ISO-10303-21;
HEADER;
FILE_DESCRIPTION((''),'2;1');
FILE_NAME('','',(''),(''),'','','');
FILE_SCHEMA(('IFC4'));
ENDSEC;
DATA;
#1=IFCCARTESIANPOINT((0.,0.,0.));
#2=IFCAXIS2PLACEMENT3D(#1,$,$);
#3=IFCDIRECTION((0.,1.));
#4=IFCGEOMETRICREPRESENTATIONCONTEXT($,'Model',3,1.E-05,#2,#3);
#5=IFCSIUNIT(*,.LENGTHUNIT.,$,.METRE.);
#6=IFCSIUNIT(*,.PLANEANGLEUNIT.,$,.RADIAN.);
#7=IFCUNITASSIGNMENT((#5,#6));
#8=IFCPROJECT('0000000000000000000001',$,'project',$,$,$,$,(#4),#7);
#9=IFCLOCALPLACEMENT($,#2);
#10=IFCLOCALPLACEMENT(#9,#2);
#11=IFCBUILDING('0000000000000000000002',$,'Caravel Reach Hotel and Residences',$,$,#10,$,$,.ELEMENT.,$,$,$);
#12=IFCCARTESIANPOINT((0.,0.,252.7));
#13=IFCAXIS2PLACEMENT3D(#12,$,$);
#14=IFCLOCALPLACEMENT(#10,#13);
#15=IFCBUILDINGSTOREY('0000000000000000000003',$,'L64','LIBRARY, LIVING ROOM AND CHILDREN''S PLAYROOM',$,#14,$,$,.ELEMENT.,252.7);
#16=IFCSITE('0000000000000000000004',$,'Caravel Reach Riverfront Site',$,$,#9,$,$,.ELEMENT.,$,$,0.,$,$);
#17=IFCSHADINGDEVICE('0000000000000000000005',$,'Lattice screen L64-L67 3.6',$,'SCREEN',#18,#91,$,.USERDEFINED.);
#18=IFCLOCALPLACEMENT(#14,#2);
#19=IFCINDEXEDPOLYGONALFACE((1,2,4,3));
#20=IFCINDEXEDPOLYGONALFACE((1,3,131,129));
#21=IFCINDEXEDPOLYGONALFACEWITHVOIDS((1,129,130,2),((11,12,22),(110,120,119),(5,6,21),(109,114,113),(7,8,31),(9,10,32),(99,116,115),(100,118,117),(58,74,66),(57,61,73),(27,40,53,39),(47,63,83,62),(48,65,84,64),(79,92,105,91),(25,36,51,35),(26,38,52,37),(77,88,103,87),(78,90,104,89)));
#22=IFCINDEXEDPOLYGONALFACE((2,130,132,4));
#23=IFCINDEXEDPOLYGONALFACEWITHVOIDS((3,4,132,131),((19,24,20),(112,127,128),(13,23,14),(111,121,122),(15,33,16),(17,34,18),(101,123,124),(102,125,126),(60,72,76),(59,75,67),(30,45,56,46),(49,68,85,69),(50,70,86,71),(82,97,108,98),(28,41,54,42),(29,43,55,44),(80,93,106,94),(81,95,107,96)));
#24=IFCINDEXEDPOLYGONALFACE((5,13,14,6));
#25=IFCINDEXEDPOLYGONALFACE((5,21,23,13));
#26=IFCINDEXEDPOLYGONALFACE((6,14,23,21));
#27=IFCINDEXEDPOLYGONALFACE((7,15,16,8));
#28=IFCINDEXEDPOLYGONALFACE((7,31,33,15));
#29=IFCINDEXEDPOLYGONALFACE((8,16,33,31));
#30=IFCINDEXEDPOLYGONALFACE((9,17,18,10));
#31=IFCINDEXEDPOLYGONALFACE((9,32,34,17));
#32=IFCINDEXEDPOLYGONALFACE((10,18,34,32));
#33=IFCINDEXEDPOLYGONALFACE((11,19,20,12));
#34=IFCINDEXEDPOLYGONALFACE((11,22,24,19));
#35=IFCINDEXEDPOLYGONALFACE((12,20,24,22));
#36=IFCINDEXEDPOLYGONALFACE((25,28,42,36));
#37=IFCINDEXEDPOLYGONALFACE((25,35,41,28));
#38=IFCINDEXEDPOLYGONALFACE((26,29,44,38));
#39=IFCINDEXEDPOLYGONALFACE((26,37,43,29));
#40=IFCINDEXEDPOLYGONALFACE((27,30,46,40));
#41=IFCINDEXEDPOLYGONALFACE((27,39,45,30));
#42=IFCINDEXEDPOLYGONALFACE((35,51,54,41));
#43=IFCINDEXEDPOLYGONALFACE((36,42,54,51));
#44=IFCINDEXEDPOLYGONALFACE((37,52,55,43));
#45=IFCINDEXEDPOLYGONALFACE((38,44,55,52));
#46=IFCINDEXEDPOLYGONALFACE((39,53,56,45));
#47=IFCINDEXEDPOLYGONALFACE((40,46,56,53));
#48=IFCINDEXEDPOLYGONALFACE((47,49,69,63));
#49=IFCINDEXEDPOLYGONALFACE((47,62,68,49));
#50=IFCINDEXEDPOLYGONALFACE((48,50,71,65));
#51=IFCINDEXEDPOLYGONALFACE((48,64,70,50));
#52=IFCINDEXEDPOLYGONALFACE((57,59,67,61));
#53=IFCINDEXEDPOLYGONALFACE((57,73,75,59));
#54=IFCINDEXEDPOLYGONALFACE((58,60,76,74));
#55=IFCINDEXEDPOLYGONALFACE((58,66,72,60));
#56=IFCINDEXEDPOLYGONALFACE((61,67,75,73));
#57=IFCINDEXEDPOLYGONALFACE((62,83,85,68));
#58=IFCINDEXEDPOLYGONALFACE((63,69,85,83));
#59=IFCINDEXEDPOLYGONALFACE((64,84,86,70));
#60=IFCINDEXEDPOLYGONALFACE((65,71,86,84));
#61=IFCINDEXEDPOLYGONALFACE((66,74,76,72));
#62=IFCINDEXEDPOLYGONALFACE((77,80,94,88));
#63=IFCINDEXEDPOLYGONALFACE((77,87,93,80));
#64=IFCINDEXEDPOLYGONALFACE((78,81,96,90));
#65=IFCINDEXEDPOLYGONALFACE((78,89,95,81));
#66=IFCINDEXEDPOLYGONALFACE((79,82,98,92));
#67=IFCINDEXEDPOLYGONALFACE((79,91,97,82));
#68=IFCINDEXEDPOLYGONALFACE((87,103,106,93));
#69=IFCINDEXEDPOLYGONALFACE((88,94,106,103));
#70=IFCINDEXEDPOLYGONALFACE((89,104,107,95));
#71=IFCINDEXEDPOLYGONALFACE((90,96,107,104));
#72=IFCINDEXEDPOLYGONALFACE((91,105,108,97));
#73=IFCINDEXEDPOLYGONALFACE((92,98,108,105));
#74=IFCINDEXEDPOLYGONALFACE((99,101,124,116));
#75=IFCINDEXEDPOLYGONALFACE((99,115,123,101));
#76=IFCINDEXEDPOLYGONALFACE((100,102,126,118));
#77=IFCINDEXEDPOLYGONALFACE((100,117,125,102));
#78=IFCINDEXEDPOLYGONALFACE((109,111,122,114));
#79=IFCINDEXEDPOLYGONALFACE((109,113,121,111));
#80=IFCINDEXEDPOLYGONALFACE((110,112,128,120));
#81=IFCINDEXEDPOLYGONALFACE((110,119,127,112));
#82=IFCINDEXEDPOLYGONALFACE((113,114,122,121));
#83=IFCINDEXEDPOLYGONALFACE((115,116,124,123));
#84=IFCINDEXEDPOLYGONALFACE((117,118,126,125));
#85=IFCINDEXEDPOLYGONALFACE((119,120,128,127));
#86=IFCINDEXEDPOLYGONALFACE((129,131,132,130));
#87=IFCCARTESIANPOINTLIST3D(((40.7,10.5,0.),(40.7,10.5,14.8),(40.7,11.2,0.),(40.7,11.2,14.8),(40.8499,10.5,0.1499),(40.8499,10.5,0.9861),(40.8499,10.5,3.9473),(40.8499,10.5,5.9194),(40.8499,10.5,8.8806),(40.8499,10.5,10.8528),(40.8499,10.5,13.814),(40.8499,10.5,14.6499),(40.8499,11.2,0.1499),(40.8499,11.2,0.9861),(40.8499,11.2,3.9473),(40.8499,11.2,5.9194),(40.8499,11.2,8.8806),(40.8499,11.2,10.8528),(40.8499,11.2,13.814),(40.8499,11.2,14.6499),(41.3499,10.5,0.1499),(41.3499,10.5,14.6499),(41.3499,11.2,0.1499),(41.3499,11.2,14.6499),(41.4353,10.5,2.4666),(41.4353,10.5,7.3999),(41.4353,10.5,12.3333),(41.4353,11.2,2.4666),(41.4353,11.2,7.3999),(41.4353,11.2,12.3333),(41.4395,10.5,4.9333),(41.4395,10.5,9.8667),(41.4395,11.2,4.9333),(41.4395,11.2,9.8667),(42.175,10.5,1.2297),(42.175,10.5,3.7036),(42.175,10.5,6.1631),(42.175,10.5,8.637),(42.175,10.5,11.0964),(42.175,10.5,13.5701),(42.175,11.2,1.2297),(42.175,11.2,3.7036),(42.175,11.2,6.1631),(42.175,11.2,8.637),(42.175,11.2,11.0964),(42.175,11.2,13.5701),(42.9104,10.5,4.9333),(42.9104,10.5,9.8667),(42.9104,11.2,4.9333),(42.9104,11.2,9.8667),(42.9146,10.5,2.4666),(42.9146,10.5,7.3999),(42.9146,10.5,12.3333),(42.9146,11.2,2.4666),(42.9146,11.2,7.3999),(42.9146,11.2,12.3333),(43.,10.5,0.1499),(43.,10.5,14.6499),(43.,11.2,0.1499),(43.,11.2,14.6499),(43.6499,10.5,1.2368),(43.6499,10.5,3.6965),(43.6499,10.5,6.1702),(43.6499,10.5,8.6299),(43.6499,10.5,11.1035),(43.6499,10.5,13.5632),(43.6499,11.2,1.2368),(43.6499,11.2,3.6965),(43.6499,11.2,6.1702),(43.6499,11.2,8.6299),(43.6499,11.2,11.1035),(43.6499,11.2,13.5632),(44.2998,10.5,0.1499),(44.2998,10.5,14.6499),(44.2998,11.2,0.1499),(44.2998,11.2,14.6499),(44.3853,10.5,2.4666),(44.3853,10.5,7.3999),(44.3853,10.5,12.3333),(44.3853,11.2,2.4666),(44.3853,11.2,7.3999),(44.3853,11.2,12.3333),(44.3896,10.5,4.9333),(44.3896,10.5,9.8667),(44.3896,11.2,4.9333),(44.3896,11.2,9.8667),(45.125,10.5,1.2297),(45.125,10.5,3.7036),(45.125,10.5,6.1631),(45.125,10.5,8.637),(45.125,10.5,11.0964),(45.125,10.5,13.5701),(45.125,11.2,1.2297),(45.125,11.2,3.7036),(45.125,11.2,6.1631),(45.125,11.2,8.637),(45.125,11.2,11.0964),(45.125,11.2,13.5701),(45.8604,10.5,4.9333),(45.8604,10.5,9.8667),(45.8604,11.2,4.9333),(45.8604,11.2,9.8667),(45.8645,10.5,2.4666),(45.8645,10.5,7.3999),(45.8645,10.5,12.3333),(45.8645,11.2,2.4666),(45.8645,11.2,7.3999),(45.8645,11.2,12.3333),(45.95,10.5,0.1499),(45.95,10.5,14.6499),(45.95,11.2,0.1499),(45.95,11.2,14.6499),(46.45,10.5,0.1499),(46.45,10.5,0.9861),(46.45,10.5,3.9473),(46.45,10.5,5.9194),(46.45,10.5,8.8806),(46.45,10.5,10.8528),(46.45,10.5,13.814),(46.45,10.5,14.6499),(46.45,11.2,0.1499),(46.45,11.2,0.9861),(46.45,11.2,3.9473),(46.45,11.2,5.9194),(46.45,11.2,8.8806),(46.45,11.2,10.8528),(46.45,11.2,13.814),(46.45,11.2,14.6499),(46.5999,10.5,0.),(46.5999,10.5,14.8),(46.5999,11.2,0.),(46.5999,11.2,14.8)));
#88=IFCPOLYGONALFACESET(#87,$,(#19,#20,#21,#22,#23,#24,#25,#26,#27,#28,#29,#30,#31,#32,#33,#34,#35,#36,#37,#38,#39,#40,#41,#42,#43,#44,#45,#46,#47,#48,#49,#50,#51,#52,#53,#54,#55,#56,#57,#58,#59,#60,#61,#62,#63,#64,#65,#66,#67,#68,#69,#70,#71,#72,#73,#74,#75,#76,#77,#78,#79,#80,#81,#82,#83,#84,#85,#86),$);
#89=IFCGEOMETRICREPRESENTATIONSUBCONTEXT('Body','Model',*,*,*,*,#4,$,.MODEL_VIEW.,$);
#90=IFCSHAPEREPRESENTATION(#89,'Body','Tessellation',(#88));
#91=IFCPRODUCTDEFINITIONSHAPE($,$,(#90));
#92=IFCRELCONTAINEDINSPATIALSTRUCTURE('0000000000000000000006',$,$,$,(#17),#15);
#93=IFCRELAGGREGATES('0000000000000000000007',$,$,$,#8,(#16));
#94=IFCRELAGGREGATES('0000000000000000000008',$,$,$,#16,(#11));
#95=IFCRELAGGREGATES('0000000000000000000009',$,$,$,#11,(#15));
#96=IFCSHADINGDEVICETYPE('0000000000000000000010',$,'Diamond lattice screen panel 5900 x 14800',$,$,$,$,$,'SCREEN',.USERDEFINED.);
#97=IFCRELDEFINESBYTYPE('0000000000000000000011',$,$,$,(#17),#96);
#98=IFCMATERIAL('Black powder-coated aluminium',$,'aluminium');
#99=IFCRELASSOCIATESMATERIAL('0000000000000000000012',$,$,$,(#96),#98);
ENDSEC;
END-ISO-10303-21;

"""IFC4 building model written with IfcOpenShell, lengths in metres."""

from ifc_helpers import new_model, si_unit, direction, frame, origin, place, context, subcontext, project, spatial, polyline, outline, extrude, material, type_object, element, save


model = new_model("IFC4")

# Units and contexts
model_context = context("Model", 3, precision=1e-05, world=origin(), true_north=direction((0.0, 1.0)))
body_context = subcontext(model_context, "Body", "Model", "MODEL_VIEW")
ifc_project = project(units=[si_unit("LENGTHUNIT", "METRE"), si_unit("PLANEANGLEUNIT", "RADIAN")], contexts=[model_context])

# Site, building, storey
site_placement = place(None, origin())
site = spatial("IfcSite", under=ifc_project, at=site_placement, Name="Caravel Reach Riverfront Site", CompositionType="ELEMENT", RefElevation=0.0)
building_placement = place(site_placement, origin())
building = spatial("IfcBuilding", under=site, at=building_placement, Name="Caravel Reach Hotel and Residences", CompositionType="ELEMENT")
storey_placement = place(building_placement, frame((0.0, 0.0, 252.7)))
storey = spatial("IfcBuildingStorey", under=building, at=storey_placement, Name="L64", Description="LIBRARY, LIVING ROOM AND CHILDREN'S PLAYROOM", CompositionType="ELEMENT", Elevation=252.7)

# Shading device
ifc_material_1 = material(Name="Black powder-coated aluminium", Category="aluminium")
shading_device_type = type_object("IfcShadingDeviceType", Name="Diamond lattice screen panel 5900 x 14800", ElementType="SCREEN", PredefinedType="USERDEFINED", material=ifc_material_1)
shading_device_placement = place(storey_placement, frame((40.7, 11.2, 0.0), z_axis=(0.0, -1.0, 0.0), x_axis=(1.0, 0.0, 0.0)))
element("IfcShadingDevice", 1, at=shading_device_placement, inside=storey, type_object=shading_device_type, Name="Lattice screen L64-L67 3.6", ObjectType="SCREEN", PredefinedType="USERDEFINED", context=body_context, shape_type="SweptSolid", body=[
    extrude(outline(polyline([(0.0, 0.0), (5.8999, 0.0), (5.8999, 14.8), (0.0, 14.8), (0.0, 0.0)]), holes=[polyline([(0.6499, 0.1499), (0.1499, 0.9861), (0.1499, 0.1499), (0.6499, 0.1499)]), polyline([(0.7395, 4.9333), (0.1499, 5.9194), (0.1499, 3.9473), (0.7395, 4.9333)]), polyline([(0.7395, 9.8667), (0.1499, 10.8528), (0.1499, 8.8806), (0.7395, 9.8667)]), polyline([(0.1499, 13.814), (0.6499, 14.6499), (0.1499, 14.6499), (0.1499, 13.814)]), polyline([(1.4751, 3.7036), (0.7354, 2.4666), (1.4751, 1.2297), (2.2146, 2.4666), (1.4751, 3.7036)]), polyline([(1.4751, 8.637), (0.7354, 7.3999), (1.4751, 6.1631), (2.2146, 7.3999), (1.4751, 8.637)]), polyline([(1.4751, 13.5701), (0.7354, 12.3333), (1.4751, 11.0964), (2.2146, 12.3333), (1.4751, 13.5701)]), polyline([(2.95, 1.2368), (2.3, 0.1499), (3.5999, 0.1499), (2.95, 1.2368)]), polyline([(2.95, 6.1702), (2.2104, 4.9333), (2.95, 3.6965), (3.6897, 4.9333), (2.95, 6.1702)]), polyline([(2.95, 11.1035), (2.2104, 9.8667), (2.95, 8.6299), (3.6897, 9.8667), (2.95, 11.1035)]), polyline([(2.95, 13.5632), (3.5999, 14.6499), (2.3, 14.6499), (2.95, 13.5632)]), polyline([(4.425, 3.7036), (3.6853, 2.4666), (4.425, 1.2297), (5.1646, 2.4666), (4.425, 3.7036)]), polyline([(4.425, 8.637), (3.6853, 7.3999), (4.425, 6.1631), (5.1646, 7.3999), (4.425, 8.637)]), polyline([(4.425, 13.5701), (3.6853, 12.3333), (4.425, 11.0964), (5.1646, 12.3333), (4.425, 13.5701)]), polyline([(5.75, 0.9861), (5.25, 0.1499), (5.75, 0.1499), (5.75, 0.9861)]), polyline([(5.1604, 4.9333), (5.75, 3.9473), (5.75, 5.9194), (5.1604, 4.9333)]), polyline([(5.1604, 9.8667), (5.75, 8.8806), (5.75, 10.8528), (5.1604, 9.8667)]), polyline([(5.25, 14.6499), (5.75, 13.814), (5.75, 14.6499), (5.25, 14.6499)])]), origin(), (0.0, 0.0, 1.0), 0.7),
])

save(model, "model.ifc")
